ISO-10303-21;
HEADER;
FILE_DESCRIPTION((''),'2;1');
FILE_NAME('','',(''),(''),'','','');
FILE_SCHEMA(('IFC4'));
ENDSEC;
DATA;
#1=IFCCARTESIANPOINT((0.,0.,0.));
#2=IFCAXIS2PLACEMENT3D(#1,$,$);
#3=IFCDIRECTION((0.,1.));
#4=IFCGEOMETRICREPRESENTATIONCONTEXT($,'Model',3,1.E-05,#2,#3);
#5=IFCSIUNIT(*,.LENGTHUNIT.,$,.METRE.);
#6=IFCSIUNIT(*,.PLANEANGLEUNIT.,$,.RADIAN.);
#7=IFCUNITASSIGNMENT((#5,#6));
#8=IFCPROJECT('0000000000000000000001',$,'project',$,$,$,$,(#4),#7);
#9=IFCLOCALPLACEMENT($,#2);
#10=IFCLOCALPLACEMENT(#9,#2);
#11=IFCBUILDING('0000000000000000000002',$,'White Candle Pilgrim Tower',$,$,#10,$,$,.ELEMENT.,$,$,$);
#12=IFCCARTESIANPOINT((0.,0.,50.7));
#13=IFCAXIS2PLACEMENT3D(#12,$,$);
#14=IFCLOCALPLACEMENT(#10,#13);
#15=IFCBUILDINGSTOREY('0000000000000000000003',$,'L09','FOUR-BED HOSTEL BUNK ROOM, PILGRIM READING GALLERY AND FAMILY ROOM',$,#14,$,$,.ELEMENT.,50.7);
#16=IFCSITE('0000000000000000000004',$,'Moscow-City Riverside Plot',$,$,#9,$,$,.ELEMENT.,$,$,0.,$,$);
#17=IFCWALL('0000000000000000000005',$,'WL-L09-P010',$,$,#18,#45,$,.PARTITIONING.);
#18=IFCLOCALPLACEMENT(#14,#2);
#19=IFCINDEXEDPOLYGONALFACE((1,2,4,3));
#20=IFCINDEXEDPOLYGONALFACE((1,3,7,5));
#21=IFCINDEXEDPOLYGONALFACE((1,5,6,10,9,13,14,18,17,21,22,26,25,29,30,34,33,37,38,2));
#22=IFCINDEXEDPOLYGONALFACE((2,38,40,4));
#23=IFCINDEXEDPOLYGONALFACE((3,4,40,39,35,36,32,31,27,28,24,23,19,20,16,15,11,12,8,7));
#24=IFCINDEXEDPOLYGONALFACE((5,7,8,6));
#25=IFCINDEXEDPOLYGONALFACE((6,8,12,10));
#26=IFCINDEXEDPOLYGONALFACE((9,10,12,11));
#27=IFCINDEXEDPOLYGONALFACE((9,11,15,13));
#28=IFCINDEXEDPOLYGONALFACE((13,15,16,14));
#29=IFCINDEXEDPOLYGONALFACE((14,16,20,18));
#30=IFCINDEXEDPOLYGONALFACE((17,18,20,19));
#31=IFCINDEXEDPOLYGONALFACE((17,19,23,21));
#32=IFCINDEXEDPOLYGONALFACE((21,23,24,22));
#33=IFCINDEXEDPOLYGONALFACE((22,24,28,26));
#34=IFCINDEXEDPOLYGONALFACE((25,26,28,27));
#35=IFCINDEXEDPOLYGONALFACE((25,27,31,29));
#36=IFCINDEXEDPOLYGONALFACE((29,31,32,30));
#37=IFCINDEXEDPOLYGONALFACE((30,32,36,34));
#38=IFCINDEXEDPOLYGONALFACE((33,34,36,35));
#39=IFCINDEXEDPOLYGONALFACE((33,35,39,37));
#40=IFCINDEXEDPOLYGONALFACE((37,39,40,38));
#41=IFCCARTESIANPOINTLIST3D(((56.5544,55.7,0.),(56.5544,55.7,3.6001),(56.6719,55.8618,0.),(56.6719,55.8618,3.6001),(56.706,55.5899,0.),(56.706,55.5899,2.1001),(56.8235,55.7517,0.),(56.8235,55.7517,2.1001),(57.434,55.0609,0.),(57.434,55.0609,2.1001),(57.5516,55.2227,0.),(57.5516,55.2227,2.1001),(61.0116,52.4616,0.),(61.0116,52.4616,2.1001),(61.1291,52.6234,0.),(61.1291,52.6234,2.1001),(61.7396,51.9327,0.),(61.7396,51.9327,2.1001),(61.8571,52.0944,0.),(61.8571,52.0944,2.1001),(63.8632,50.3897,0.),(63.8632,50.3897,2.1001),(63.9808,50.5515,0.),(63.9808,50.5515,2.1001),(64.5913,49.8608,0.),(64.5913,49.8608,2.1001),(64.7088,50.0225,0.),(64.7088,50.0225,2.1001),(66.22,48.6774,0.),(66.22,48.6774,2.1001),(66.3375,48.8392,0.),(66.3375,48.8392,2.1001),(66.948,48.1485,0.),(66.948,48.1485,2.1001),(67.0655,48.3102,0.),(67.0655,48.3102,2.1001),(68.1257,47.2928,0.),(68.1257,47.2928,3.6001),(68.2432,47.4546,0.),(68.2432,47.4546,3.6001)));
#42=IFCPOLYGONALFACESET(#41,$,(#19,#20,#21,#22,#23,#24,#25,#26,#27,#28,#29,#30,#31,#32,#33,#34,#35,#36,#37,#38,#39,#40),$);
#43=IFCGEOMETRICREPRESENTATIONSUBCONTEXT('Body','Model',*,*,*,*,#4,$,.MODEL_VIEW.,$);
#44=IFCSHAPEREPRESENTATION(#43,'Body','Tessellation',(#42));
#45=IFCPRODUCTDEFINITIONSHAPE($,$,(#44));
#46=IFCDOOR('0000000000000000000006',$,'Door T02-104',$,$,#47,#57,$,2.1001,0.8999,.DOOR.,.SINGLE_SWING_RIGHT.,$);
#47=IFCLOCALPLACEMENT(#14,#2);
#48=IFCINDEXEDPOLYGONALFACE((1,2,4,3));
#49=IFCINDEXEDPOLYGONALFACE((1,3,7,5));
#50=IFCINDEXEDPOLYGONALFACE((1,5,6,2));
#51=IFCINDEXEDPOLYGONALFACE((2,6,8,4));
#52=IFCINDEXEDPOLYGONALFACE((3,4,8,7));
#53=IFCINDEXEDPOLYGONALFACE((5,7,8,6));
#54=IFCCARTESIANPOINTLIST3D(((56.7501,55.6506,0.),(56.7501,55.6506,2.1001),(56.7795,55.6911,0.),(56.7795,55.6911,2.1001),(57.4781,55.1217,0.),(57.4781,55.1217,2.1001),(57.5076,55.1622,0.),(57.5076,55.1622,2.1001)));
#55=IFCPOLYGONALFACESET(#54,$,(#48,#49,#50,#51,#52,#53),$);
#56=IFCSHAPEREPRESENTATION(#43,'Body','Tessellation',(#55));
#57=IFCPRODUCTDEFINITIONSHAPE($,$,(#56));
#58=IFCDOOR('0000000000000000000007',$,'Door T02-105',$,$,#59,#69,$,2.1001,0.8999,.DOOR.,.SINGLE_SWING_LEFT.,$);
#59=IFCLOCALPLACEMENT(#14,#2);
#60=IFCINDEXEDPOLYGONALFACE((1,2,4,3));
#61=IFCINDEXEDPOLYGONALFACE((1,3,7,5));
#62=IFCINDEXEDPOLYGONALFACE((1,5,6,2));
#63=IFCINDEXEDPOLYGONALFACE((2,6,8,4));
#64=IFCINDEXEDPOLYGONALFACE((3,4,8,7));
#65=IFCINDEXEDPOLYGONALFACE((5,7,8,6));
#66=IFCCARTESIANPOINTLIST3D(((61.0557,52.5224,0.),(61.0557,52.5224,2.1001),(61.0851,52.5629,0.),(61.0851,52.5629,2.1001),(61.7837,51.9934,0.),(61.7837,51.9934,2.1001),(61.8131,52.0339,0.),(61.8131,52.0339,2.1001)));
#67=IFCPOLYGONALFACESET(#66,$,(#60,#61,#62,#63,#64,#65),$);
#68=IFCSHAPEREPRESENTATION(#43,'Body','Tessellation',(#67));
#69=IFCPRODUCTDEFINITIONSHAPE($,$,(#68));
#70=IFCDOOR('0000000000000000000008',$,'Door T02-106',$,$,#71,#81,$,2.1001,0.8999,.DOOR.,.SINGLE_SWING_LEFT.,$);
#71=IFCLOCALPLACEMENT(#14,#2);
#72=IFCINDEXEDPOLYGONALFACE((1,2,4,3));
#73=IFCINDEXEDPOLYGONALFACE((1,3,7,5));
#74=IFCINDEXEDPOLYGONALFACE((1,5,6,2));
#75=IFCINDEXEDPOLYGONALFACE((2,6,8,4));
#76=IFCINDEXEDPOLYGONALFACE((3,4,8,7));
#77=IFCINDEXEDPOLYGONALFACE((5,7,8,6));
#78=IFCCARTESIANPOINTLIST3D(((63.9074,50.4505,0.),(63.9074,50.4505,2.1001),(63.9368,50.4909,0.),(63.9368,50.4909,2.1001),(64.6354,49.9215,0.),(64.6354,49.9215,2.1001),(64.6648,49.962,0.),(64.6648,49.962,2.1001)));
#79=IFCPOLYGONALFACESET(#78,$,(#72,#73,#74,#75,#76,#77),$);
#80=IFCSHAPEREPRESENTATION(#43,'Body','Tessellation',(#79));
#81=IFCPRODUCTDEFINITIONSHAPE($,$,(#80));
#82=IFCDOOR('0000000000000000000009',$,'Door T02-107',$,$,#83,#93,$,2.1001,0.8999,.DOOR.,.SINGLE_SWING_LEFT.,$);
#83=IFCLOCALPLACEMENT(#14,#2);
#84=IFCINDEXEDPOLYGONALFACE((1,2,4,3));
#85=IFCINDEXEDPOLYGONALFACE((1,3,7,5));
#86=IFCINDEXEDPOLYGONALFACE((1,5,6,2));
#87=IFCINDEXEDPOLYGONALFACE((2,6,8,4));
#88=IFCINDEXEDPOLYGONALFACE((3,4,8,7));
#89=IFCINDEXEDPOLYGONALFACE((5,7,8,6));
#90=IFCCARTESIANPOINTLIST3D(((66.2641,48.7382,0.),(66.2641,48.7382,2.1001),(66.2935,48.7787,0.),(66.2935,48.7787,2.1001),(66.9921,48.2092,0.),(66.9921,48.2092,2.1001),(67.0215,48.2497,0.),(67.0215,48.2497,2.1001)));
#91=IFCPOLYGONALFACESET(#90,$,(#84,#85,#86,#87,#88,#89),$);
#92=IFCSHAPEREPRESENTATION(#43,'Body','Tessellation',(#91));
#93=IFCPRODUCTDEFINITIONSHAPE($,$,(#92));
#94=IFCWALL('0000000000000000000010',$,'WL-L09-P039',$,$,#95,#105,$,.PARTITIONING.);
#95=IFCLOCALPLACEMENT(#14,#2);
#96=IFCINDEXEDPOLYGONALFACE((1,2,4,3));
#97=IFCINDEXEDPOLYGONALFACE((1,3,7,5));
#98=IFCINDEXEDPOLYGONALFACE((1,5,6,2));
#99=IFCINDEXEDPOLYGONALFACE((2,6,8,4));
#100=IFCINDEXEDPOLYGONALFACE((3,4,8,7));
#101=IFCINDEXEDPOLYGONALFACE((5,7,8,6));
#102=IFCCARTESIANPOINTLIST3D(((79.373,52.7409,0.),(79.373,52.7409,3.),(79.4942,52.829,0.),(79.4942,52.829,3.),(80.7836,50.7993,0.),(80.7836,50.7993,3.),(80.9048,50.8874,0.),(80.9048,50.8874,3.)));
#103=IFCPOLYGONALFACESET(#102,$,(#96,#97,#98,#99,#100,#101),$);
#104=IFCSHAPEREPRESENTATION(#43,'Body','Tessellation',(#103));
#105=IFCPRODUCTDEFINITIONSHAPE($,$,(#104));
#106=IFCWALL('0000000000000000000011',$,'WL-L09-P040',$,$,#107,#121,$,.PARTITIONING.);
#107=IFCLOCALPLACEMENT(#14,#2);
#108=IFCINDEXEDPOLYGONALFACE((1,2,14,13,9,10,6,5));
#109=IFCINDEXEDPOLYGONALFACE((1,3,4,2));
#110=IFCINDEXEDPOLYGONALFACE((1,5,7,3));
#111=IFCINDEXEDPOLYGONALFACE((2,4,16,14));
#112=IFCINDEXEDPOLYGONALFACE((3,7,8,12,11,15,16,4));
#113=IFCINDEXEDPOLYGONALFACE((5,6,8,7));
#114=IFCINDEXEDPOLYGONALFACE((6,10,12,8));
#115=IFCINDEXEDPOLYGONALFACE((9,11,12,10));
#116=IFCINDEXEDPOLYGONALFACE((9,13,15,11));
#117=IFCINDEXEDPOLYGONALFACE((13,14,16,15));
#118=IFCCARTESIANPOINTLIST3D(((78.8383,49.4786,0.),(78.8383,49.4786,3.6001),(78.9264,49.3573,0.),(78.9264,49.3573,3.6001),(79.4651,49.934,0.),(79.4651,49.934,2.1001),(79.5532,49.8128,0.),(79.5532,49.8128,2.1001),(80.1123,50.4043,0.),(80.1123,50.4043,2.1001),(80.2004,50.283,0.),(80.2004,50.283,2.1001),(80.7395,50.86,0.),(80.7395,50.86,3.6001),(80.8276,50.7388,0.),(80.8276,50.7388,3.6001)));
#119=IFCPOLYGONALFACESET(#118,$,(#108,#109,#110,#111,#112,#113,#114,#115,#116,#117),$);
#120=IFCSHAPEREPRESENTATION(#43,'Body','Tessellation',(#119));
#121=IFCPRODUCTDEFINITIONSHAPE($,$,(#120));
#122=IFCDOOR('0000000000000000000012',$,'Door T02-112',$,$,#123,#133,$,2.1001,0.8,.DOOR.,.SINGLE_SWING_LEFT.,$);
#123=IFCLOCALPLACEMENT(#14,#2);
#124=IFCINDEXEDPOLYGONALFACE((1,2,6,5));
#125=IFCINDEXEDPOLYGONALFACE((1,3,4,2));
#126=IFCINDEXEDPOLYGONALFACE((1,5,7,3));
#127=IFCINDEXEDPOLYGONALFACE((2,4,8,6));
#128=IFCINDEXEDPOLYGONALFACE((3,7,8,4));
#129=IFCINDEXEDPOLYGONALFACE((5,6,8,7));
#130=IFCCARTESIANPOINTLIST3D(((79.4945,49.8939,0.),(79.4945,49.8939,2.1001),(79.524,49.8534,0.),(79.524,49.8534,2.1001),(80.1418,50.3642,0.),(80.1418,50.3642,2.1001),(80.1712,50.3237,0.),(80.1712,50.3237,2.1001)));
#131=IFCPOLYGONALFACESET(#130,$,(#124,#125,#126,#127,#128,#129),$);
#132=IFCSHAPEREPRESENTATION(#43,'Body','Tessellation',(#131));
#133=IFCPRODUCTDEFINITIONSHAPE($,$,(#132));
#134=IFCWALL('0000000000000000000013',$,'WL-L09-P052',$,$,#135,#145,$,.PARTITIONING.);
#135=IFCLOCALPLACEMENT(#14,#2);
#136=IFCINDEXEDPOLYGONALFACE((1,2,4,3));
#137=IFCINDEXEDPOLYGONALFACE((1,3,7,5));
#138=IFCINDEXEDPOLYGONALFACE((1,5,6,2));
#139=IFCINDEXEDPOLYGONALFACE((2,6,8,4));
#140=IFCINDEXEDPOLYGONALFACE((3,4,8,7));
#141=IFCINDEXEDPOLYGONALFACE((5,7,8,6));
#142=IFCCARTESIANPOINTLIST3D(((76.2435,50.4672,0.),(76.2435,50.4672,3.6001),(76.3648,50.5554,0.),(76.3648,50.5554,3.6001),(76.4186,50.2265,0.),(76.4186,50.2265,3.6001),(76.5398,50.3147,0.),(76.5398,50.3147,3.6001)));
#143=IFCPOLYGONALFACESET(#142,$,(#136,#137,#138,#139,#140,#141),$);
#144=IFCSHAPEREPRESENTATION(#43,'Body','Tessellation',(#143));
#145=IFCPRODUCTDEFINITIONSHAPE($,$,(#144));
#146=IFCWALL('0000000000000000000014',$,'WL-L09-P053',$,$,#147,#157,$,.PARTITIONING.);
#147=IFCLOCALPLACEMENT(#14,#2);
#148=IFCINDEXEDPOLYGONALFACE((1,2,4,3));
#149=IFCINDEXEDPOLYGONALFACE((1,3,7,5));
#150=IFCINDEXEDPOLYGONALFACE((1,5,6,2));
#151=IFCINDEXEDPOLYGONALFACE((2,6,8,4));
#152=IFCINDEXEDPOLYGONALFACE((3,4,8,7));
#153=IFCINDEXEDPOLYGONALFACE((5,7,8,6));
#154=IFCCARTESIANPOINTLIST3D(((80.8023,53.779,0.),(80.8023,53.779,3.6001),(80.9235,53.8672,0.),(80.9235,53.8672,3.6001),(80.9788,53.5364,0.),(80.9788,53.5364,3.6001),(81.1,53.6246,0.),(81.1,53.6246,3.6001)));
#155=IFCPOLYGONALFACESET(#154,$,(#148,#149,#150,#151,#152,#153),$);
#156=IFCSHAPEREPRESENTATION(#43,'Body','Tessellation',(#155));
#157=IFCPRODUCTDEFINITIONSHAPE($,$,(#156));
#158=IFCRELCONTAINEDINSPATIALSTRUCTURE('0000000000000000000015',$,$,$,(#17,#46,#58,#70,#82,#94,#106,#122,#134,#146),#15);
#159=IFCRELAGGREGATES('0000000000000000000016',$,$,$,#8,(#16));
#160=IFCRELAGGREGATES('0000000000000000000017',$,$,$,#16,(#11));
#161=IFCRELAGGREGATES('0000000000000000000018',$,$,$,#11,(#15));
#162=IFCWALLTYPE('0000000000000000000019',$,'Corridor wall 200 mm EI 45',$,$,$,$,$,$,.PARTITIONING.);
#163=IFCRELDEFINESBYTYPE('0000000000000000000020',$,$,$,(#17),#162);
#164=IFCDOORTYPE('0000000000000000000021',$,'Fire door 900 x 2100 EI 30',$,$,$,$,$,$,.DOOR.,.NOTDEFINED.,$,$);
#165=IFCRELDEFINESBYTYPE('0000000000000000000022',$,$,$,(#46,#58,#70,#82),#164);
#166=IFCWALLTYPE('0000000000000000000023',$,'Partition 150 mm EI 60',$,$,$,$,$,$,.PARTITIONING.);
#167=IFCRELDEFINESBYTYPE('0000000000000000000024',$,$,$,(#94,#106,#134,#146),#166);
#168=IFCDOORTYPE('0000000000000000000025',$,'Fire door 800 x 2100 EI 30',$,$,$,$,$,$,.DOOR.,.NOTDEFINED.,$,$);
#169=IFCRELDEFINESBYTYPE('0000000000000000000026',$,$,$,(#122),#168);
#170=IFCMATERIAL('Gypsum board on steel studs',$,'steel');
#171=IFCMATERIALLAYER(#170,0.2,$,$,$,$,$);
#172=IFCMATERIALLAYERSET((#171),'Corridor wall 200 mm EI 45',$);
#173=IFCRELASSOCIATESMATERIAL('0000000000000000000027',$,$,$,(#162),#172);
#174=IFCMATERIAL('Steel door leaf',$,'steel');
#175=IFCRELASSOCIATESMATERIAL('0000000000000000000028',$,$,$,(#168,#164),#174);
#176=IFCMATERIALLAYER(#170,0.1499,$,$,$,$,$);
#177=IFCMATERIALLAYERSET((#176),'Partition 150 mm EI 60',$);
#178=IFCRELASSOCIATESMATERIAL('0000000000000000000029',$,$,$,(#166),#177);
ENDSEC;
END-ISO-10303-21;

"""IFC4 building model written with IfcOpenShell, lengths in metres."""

from ifc_helpers import new_model, si_unit, direction, frame, frame_2d, origin, place, context, subcontext, project, spatial, rectangle, extrude, material, layer, layer_set, type_object, element, fill, save


model = new_model("IFC4")

# Units and contexts
model_context = context("Model", 3, precision=1e-05, world=origin(), true_north=direction((0.0, 1.0)))
body_context = subcontext(model_context, "Body", "Model", "MODEL_VIEW")
ifc_project = project(units=[si_unit("LENGTHUNIT", "METRE"), si_unit("PLANEANGLEUNIT", "RADIAN")], contexts=[model_context])

# Site, building, storey
site_placement = place(None, origin())
site = spatial("IfcSite", under=ifc_project, at=site_placement, Name="Moscow-City Riverside Plot", CompositionType="ELEMENT", RefElevation=0.0)
building_placement = place(site_placement, origin())
building = spatial("IfcBuilding", under=site, at=building_placement, Name="White Candle Pilgrim Tower", CompositionType="ELEMENT")
storey_placement = place(building_placement, frame((0.0, 0.0, 50.7)))
storey = spatial("IfcBuildingStorey", under=building, at=storey_placement, Name="L09", Description="FOUR-BED HOSTEL BUNK ROOM, PILGRIM READING GALLERY AND FAMILY ROOM", CompositionType="ELEMENT", Elevation=50.7)

# Wall, openings, doors
ifc_material_1 = material(Name="Gypsum board on steel studs", Category="steel")
ifc_layer_1 = layer(ifc_material_1, 0.2)
ifc_layer_set_1 = layer_set([ifc_layer_1], Name="Corridor wall 200 mm EI 45")
wall_type_1 = type_object("IfcWallType", Name="Corridor wall 200 mm EI 45", PredefinedType="PARTITIONING", material=ifc_layer_set_1)
ifc_material_2 = material(Name="Steel door leaf", Category="steel")
door_type_1 = type_object("IfcDoorType", Name="Fire door 800 x 2100 EI 30", OperationType="NOTDEFINED", PredefinedType="DOOR", material=ifc_material_2)
wall_1_placement = place(storey_placement, frame((68.1843, 47.3738, 0.0), z_axis=(0.0, 0.0, 1.0), x_axis=(-0.809011, 0.587794, 0.0)))
wall_1 = element("IfcWall", 1, at=wall_1_placement, inside=storey, type_object=wall_type_1, Name="WL-L09-P010", PredefinedType="PARTITIONING", context=body_context, shape_type="SweptSolid", body=[
    extrude(rectangle(XDim=14.303, YDim=0.2, at=frame_2d((7.1514, 0.0))), origin(), (0.0, 0.0, 1.0), 3.6001),
])
opening_1_placement = place(wall_1_placement, frame((13.2156, 0.0, 0.0)))
opening_1 = element("IfcOpeningElement", 2, at=opening_1_placement, cuts=wall_1, PredefinedType="OPENING", context=body_context, shape_type="SweptSolid", body=[
    extrude(rectangle(XDim=0.8999, YDim=2.1001, at=frame_2d((0.45, 1.05))), frame((0.0, 0.1099, 0.0), z_axis=(0.0, -1.0, 0.0), x_axis=(1.0, 0.0, 0.0)), (0.0, 0.0, 1.0), 0.22),
])
opening_2_placement = place(wall_1_placement, frame((7.8936, 0.0, 0.0)))
opening_2 = element("IfcOpeningElement", 3, at=opening_2_placement, cuts=wall_1, PredefinedType="OPENING", context=body_context, shape_type="SweptSolid", body=[
    extrude(rectangle(XDim=0.8999, YDim=2.1001, at=frame_2d((0.45, 1.05))), frame((0.0, 0.1099, 0.0), z_axis=(0.0, -1.0, 0.0), x_axis=(1.0, 0.0, 0.0)), (0.0, 0.0, 1.0), 0.22),
])
opening_3_placement = place(wall_1_placement, frame((4.3687, 0.0, 0.0)))
opening_3 = element("IfcOpeningElement", 4, at=opening_3_placement, cuts=wall_1, PredefinedType="OPENING", context=body_context, shape_type="SweptSolid", body=[
    extrude(rectangle(XDim=0.8999, YDim=2.1001, at=frame_2d((0.45, 1.05))), frame((0.0, 0.1099, 0.0), z_axis=(0.0, -1.0, 0.0), x_axis=(1.0, 0.0, 0.0)), (0.0, 0.0, 1.0), 0.22),
])
opening_4_placement = place(wall_1_placement, frame((1.4556, 0.0, 0.0)))
opening_4 = element("IfcOpeningElement", 5, at=opening_4_placement, cuts=wall_1, PredefinedType="OPENING", context=body_context, shape_type="SweptSolid", body=[
    extrude(rectangle(XDim=0.8999, YDim=2.1001, at=frame_2d((0.45, 1.05))), frame((0.0, 0.1099, 0.0), z_axis=(0.0, -1.0, 0.0), x_axis=(1.0, 0.0, 0.0)), (0.0, 0.0, 1.0), 0.22),
])
door_type_2 = type_object("IfcDoorType", Name="Fire door 900 x 2100 EI 30", OperationType="NOTDEFINED", PredefinedType="DOOR", material=ifc_material_2)
door_1_placement = place(opening_1_placement, origin())
door_1 = element("IfcDoor", 6, at=door_1_placement, inside=storey, type_object=door_type_2, Name="Door T02-104", OperationType="SINGLE_SWING_RIGHT", OverallHeight=2.1001, OverallWidth=0.8999, PredefinedType="DOOR", context=body_context, shape_type="SweptSolid", body=[
    extrude(rectangle(XDim=0.8999, YDim=2.1001, at=frame_2d((0.45, 1.05))), frame((0.0, 0.0249, 0.0), z_axis=(0.0, -1.0, 0.0), x_axis=(1.0, 0.0, 0.0)), (0.0, 0.0, 1.0), 0.05),
])
fill(opening_1, door_1)
door_2_placement = place(opening_2_placement, origin())
door_2 = element("IfcDoor", 7, at=door_2_placement, inside=storey, type_object=door_type_2, Name="Door T02-105", OperationType="SINGLE_SWING_LEFT", OverallHeight=2.1001, OverallWidth=0.8999, PredefinedType="DOOR", context=body_context, shape_type="SweptSolid", body=[
    extrude(rectangle(XDim=0.8999, YDim=2.1001, at=frame_2d((0.45, 1.05))), frame((0.0, 0.0249, 0.0), z_axis=(0.0, -1.0, 0.0), x_axis=(1.0, 0.0, 0.0)), (0.0, 0.0, 1.0), 0.05),
])
fill(opening_2, door_2)
door_3_placement = place(opening_3_placement, origin())
door_3 = element("IfcDoor", 8, at=door_3_placement, inside=storey, type_object=door_type_2, Name="Door T02-106", OperationType="SINGLE_SWING_LEFT", OverallHeight=2.1001, OverallWidth=0.8999, PredefinedType="DOOR", context=body_context, shape_type="SweptSolid", body=[
    extrude(rectangle(XDim=0.8999, YDim=2.1001, at=frame_2d((0.45, 1.05))), frame((0.0, 0.0249, 0.0), z_axis=(0.0, -1.0, 0.0), x_axis=(1.0, 0.0, 0.0)), (0.0, 0.0, 1.0), 0.05),
])
fill(opening_3, door_3)
door_4_placement = place(opening_4_placement, origin())
door_4 = element("IfcDoor", 9, at=door_4_placement, inside=storey, type_object=door_type_2, Name="Door T02-107", OperationType="SINGLE_SWING_LEFT", OverallHeight=2.1001, OverallWidth=0.8999, PredefinedType="DOOR", context=body_context, shape_type="SweptSolid", body=[
    extrude(rectangle(XDim=0.8999, YDim=2.1001, at=frame_2d((0.45, 1.05))), frame((0.0, 0.0249, 0.0), z_axis=(0.0, -1.0, 0.0), x_axis=(1.0, 0.0, 0.0)), (0.0, 0.0, 1.0), 0.05),
])
fill(opening_4, door_4)

# Wall
ifc_layer_2 = layer(ifc_material_1, 0.1499)
ifc_layer_set_2 = layer_set([ifc_layer_2], Name="Partition 150 mm EI 60")
wall_type_2 = type_object("IfcWallType", Name="Partition 150 mm EI 60", PredefinedType="PARTITIONING", material=ifc_layer_set_2)
wall_2_placement = place(storey_placement, frame((79.4336, 52.7849, 0.0), z_axis=(0.0, 0.0, 1.0), x_axis=(0.587772, -0.809026, 0.0)))
element("IfcWall", 10, at=wall_2_placement, inside=storey, type_object=wall_type_2, Name="WL-L09-P039", PredefinedType="PARTITIONING", context=body_context, shape_type="SweptSolid", body=[
    extrude(rectangle(XDim=2.3999, YDim=0.1499, at=frame_2d((1.2, 0.0))), origin(), (0.0, 0.0, 1.0), 3.0),
])

# Wall, opening, door
wall_3_placement = place(storey_placement, frame((78.8823, 49.418, 0.0), z_axis=(0.0, 0.0, 1.0), x_axis=(0.808997, 0.587813, 0.0)))
wall_3 = element("IfcWall", 11, at=wall_3_placement, inside=storey, type_object=wall_type_2, Name="WL-L09-P040", PredefinedType="PARTITIONING", context=body_context, shape_type="SweptSolid", body=[
    extrude(rectangle(XDim=2.3501, YDim=0.1499, at=frame_2d((1.175, 0.0))), origin(), (0.0, 0.0, 1.0), 3.6001),
])
opening_5_placement = place(wall_3_placement, frame((0.7749, 0.0, 0.0)))
opening_5 = element("IfcOpeningElement", 12, at=opening_5_placement, cuts=wall_3, PredefinedType="OPENING", context=body_context, shape_type="SweptSolid", body=[
    extrude(rectangle(XDim=0.8, YDim=2.1001, at=frame_2d((0.3999, 1.05))), frame((0.0, 0.085, 0.0), z_axis=(0.0, -1.0, 0.0), x_axis=(1.0, 0.0, 0.0)), (0.0, 0.0, 1.0), 0.1699),
])
door_5_placement = place(opening_5_placement, frame((0.8, 0.0, 0.0), z_axis=(0.0, 0.0, 1.0), x_axis=(-1.0, 0.0, 0.0)))
door_5 = element("IfcDoor", 13, at=door_5_placement, inside=storey, type_object=door_type_1, Name="Door T02-112", OperationType="SINGLE_SWING_LEFT", OverallHeight=2.1001, OverallWidth=0.8, PredefinedType="DOOR", context=body_context, shape_type="SweptSolid", body=[
    extrude(rectangle(XDim=0.8, YDim=2.1001, at=frame_2d((0.3999, 1.05))), frame((0.0, 0.0249, 0.0), z_axis=(0.0, -1.0, 0.0), x_axis=(1.0, 0.0, 0.0)), (0.0, 0.0, 1.0), 0.05),
])
fill(opening_5, door_5)

# Walls
wall_4_placement = place(storey_placement, frame((76.4792, 50.2705, 0.0), z_axis=(0.0, 0.0, 1.0), x_axis=(-0.588123, 0.808772, 0.0)))
element("IfcWall", 14, at=wall_4_placement, inside=storey, type_object=wall_type_2, Name="WL-L09-P052", PredefinedType="PARTITIONING", context=body_context, shape_type="SweptSolid", body=[
    extrude(rectangle(XDim=0.2976, YDim=0.1499, at=frame_2d((0.1489, 0.0))), origin(), (0.0, 0.0, 1.0), 3.6001),
])
wall_5_placement = place(storey_placement, frame((81.0393, 53.5806, 0.0), z_axis=(0.0, 0.0, 1.0), x_axis=(-0.58822, 0.808701, 0.0)))
element("IfcWall", 15, at=wall_5_placement, inside=storey, type_object=wall_type_2, Name="WL-L09-P053", PredefinedType="PARTITIONING", context=body_context, shape_type="SweptSolid", body=[
    extrude(rectangle(XDim=0.3, YDim=0.1499, at=frame_2d((0.1499, 0.0))), origin(), (0.0, 0.0, 1.0), 3.6001),
])

save(model, "model.ifc")
